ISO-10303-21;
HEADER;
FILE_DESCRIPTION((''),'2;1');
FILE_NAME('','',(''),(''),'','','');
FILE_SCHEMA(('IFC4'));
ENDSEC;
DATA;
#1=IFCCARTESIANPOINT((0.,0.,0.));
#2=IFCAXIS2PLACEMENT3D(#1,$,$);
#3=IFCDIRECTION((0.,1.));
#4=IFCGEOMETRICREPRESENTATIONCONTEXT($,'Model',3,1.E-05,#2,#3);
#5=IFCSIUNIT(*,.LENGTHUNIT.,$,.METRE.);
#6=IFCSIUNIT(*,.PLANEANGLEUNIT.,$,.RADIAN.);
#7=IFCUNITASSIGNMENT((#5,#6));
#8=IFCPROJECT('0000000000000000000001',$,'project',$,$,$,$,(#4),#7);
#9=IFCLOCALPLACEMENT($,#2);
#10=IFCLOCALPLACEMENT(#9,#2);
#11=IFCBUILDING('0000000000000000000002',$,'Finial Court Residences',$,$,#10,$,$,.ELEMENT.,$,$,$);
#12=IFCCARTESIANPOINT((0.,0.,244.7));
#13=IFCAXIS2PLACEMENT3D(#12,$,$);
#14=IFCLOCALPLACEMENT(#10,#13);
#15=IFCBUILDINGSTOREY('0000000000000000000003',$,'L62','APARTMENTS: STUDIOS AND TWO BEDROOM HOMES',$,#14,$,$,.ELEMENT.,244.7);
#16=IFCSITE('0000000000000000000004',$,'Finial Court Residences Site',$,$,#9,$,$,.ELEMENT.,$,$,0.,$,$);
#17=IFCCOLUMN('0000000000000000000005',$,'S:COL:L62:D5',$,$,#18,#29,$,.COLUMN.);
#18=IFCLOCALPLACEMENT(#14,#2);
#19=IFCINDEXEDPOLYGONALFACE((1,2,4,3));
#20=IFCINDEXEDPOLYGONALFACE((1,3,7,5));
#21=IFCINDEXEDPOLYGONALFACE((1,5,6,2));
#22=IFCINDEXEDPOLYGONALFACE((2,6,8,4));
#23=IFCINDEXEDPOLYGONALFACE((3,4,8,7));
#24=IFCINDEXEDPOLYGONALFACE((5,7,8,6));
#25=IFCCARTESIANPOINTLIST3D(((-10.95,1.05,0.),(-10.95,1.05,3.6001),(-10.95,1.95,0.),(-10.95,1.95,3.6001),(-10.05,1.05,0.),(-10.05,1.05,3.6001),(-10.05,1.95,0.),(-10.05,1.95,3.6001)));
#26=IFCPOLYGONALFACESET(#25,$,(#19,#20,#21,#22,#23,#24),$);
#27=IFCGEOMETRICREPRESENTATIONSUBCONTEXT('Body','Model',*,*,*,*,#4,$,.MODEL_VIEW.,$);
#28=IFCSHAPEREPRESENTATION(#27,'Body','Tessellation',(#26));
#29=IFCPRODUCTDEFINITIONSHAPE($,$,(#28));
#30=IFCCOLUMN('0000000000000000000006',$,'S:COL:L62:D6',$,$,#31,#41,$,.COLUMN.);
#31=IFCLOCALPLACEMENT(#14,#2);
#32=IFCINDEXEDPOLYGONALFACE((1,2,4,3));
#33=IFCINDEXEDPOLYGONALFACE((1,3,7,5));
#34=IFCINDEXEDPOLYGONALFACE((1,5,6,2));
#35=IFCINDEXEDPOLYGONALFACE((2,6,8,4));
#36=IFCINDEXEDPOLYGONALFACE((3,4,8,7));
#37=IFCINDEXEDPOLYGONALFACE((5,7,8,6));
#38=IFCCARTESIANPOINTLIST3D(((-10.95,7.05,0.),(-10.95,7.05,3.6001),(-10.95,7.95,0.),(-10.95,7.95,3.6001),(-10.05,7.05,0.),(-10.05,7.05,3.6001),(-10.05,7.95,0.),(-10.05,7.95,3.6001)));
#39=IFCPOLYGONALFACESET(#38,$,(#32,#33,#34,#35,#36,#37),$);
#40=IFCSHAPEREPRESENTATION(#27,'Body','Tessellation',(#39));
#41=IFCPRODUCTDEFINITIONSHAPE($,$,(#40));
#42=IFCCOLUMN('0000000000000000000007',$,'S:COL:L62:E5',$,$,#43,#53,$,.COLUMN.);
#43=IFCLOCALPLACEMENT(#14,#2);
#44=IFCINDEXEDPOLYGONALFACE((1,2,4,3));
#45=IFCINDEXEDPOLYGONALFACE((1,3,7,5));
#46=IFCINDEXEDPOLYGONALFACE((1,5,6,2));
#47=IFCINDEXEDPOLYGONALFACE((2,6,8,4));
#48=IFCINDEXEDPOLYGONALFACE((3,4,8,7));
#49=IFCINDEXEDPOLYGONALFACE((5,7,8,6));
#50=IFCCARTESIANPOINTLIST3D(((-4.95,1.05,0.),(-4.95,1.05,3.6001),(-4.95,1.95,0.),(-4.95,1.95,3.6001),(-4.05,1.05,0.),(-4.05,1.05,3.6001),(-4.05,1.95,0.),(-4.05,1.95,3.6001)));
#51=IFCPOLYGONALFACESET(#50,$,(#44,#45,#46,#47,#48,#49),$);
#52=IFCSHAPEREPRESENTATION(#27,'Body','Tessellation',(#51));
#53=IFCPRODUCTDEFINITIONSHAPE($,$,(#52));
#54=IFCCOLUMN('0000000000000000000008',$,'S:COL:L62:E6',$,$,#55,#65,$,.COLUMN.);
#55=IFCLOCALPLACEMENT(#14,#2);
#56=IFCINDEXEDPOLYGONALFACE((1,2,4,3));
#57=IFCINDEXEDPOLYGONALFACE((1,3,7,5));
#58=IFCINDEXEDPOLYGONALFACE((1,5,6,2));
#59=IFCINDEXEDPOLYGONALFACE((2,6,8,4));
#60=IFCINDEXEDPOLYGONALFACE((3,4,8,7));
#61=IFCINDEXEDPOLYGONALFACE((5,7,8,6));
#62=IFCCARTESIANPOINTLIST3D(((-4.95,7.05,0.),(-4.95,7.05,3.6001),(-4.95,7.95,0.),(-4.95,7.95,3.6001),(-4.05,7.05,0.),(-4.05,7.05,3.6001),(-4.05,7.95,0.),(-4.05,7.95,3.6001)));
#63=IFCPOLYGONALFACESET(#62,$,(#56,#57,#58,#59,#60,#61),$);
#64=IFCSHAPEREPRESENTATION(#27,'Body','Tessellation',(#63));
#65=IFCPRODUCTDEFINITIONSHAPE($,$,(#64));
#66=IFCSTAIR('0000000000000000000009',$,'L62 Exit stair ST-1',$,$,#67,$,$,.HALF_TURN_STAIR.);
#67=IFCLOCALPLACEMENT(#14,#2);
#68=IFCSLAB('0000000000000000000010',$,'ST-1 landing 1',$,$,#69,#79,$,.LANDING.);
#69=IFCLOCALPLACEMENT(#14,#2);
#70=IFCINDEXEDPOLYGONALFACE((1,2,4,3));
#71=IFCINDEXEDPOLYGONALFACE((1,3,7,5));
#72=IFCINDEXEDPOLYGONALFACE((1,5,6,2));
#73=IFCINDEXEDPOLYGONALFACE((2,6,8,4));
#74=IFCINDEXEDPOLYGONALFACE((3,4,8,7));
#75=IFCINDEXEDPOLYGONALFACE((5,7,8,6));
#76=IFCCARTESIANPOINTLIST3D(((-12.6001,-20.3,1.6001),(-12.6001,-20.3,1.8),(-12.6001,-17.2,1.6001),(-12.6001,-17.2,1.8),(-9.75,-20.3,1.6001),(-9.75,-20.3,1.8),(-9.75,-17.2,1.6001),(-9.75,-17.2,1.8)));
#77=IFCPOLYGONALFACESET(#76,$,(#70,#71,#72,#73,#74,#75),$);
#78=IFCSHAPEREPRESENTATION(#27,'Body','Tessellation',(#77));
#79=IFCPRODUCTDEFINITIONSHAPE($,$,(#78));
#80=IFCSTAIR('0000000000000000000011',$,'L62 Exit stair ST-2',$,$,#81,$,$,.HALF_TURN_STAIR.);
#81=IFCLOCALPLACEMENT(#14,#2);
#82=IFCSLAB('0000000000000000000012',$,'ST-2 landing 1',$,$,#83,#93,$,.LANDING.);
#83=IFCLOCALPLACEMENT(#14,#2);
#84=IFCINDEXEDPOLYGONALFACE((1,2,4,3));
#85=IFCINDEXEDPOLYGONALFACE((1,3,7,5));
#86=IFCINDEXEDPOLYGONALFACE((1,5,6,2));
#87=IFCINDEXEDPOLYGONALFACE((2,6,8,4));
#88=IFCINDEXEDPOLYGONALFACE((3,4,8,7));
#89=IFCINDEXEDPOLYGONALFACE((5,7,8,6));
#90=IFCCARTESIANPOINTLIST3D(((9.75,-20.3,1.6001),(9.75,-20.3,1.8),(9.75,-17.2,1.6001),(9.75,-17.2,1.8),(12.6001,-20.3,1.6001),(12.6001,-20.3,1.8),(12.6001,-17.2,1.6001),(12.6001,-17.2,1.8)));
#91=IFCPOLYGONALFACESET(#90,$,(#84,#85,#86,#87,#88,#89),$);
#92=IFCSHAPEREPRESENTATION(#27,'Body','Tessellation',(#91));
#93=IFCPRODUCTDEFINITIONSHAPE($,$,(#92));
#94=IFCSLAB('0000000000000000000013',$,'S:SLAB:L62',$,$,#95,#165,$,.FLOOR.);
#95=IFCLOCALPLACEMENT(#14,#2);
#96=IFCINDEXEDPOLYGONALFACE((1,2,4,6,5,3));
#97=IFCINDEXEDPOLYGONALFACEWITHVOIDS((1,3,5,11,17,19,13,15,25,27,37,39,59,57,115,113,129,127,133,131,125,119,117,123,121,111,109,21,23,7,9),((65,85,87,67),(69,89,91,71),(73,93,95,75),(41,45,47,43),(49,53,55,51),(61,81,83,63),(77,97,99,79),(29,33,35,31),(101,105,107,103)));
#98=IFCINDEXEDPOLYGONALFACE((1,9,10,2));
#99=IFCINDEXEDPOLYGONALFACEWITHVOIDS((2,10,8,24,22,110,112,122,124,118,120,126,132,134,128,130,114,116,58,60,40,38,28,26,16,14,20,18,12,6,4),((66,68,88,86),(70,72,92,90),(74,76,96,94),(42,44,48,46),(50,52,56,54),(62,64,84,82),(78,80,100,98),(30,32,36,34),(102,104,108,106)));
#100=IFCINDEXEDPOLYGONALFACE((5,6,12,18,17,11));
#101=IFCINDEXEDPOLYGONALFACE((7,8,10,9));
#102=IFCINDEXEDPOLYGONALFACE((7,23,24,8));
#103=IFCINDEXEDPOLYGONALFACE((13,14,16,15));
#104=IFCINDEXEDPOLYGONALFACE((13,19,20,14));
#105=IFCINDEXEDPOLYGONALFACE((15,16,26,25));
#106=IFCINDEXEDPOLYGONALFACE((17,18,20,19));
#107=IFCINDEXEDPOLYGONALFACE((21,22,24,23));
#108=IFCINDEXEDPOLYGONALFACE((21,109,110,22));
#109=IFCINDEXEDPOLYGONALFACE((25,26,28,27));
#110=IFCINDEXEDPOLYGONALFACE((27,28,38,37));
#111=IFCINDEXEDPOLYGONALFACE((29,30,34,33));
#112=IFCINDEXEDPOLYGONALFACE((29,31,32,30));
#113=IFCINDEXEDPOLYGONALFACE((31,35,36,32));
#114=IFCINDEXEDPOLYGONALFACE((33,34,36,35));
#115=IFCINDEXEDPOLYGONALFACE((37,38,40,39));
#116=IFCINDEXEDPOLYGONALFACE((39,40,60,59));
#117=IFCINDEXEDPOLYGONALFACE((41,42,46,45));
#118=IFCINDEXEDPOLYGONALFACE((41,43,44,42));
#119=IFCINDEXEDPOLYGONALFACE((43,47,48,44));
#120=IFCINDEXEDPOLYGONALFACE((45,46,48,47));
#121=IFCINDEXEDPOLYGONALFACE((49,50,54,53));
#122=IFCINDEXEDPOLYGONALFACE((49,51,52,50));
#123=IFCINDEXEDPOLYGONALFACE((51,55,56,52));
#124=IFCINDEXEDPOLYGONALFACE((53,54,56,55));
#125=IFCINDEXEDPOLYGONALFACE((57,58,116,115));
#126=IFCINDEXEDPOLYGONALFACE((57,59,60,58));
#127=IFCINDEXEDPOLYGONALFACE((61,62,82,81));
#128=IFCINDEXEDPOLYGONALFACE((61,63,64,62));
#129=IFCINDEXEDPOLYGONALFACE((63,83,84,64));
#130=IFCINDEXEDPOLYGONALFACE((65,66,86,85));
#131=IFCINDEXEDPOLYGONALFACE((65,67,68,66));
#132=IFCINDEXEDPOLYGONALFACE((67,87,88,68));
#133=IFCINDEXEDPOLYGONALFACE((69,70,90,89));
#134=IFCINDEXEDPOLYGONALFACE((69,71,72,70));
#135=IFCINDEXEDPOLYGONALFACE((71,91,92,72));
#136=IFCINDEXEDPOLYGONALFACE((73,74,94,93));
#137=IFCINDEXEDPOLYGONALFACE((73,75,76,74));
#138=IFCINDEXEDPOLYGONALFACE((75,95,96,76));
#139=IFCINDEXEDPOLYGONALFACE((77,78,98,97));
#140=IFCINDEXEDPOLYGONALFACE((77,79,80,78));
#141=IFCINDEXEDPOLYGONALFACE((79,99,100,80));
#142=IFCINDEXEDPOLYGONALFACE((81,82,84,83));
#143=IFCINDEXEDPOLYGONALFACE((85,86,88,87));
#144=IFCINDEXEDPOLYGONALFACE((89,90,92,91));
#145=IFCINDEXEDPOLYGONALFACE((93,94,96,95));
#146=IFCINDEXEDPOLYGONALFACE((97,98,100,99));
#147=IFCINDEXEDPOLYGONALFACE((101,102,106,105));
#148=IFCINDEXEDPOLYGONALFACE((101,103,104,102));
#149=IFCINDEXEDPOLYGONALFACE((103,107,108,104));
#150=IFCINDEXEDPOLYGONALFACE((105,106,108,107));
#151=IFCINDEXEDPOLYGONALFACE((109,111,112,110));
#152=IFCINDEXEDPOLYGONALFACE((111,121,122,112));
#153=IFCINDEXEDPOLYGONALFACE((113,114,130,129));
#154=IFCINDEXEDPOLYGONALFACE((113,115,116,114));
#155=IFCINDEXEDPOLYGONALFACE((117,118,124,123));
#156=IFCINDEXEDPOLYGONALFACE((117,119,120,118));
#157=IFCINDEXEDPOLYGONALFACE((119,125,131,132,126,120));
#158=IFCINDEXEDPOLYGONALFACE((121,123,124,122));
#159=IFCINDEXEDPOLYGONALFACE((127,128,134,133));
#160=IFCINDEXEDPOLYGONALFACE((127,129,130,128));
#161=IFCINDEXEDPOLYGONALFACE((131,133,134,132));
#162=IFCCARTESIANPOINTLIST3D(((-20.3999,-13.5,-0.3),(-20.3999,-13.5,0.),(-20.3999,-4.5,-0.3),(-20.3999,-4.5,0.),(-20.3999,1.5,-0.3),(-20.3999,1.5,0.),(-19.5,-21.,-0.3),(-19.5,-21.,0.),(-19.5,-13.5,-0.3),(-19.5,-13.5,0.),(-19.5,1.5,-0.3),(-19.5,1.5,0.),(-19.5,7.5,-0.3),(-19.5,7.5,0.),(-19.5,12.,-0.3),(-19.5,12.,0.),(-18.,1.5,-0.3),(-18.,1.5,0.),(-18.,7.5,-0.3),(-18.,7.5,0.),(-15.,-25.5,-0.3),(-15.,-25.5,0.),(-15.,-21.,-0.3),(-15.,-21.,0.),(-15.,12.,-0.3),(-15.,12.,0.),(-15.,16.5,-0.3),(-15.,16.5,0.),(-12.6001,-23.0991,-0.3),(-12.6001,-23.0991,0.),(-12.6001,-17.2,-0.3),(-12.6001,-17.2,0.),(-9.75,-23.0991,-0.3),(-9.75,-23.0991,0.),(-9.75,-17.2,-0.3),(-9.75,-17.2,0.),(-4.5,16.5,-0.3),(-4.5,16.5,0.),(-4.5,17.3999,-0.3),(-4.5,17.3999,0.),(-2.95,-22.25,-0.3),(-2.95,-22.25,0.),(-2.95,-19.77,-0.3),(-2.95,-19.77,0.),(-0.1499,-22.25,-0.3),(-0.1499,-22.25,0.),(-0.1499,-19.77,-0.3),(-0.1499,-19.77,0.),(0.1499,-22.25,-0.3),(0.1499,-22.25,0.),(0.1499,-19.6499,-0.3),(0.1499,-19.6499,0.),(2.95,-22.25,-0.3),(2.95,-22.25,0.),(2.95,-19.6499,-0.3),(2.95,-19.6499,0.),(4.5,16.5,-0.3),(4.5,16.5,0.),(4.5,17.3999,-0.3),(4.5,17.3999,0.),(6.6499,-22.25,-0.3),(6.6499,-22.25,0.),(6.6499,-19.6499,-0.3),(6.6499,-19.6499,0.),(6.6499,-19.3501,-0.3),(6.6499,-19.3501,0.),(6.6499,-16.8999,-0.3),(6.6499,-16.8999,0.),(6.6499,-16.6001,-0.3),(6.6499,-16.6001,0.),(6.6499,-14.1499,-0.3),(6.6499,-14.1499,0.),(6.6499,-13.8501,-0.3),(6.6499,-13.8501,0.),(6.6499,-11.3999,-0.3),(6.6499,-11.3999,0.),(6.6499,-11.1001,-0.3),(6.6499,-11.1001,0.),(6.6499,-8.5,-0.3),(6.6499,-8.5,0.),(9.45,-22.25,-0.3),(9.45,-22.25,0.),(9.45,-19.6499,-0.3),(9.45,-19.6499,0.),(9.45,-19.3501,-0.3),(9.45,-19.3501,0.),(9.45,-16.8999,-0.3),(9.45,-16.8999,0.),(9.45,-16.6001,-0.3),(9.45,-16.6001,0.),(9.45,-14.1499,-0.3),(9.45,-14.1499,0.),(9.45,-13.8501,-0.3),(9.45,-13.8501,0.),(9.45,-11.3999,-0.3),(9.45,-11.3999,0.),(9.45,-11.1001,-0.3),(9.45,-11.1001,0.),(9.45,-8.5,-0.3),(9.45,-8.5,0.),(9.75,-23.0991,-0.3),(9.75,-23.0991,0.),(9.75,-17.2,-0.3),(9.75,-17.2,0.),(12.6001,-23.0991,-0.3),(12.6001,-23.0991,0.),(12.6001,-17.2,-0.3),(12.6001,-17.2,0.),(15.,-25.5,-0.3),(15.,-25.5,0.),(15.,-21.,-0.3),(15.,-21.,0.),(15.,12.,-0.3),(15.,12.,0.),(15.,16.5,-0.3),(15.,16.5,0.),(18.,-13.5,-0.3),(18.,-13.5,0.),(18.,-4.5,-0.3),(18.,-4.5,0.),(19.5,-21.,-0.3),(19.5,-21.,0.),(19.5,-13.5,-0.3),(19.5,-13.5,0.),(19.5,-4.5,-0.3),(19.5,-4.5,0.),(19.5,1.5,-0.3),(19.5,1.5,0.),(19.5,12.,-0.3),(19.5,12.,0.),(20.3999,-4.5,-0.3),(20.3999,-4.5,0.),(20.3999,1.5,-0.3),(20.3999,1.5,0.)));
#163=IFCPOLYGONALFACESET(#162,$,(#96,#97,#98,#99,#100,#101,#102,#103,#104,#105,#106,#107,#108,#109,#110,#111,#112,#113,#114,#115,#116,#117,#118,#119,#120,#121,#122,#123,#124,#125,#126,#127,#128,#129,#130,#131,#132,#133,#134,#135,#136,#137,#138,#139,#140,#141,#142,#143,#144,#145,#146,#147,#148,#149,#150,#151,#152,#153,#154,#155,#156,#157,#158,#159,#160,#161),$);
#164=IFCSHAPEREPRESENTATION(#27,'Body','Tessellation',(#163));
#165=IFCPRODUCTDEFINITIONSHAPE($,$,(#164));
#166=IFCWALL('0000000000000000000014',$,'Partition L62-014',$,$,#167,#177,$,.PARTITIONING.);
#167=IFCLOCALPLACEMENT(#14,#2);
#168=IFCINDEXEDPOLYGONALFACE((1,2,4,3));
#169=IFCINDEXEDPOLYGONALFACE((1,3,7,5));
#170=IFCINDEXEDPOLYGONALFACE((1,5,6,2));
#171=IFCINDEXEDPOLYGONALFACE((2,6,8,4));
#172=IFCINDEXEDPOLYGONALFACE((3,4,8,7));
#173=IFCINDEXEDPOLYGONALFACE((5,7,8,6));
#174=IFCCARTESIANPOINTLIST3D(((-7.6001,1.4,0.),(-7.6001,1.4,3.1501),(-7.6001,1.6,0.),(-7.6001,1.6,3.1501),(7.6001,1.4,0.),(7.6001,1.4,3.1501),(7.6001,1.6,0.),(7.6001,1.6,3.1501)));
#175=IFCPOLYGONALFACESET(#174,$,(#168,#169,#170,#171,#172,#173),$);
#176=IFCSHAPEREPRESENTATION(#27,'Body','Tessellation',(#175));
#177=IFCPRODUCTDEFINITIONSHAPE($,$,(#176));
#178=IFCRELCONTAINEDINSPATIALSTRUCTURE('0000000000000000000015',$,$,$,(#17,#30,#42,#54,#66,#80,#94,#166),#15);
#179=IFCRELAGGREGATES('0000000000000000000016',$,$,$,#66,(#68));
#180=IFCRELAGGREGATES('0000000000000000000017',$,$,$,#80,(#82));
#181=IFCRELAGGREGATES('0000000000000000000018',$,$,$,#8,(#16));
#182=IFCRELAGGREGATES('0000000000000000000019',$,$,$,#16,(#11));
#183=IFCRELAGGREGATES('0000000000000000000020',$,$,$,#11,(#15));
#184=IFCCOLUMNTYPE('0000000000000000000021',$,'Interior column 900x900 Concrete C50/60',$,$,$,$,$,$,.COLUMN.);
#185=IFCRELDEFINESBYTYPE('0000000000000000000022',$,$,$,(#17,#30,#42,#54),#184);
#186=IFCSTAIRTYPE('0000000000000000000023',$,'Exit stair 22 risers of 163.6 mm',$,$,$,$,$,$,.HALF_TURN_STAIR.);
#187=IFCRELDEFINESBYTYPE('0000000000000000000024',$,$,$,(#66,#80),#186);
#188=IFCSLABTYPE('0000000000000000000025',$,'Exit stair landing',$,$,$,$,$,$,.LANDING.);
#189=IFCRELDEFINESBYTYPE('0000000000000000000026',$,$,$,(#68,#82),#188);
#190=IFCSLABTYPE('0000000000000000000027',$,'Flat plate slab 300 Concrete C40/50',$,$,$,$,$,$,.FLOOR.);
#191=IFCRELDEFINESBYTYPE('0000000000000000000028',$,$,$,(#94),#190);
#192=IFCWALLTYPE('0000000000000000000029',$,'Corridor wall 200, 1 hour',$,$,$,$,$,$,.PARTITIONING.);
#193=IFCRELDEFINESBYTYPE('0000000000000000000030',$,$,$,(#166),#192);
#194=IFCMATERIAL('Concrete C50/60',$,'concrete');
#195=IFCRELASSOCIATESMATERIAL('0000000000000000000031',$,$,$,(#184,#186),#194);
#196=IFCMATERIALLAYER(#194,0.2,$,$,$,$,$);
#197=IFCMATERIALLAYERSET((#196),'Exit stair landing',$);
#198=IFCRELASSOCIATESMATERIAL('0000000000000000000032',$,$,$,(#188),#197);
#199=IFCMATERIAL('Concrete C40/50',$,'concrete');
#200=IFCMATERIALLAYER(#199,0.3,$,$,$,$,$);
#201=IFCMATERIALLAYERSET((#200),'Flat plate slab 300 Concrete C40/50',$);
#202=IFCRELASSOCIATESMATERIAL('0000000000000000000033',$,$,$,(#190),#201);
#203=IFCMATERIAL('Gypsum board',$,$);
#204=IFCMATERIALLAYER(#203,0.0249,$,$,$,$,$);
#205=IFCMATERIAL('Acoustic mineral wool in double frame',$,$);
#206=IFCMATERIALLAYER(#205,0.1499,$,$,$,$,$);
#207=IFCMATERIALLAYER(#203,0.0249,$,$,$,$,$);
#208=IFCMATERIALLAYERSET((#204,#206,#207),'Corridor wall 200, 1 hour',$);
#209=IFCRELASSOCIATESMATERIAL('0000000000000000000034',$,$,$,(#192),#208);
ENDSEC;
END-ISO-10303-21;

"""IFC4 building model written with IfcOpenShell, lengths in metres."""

from ifc_helpers import new_model, si_unit, direction, frame, frame_2d, origin, origin_2d, place, context, subcontext, project, spatial, polyline, rectangle, outline, extrude, material, layer, layer_set, material_profile, profile_set, type_object, element, aggregate, save


model = new_model("IFC4")

# Units and contexts
model_context = context("Model", 3, precision=1e-05, world=origin(), true_north=direction((0.0, 1.0)))
body_context = subcontext(model_context, "Body", "Model", "MODEL_VIEW")
ifc_project = project(units=[si_unit("LENGTHUNIT", "METRE"), si_unit("PLANEANGLEUNIT", "RADIAN")], contexts=[model_context])

# Site, building, storey
site_placement = place(None, origin())
site = spatial("IfcSite", under=ifc_project, at=site_placement, Name="Finial Court Residences Site", CompositionType="ELEMENT", RefElevation=0.0)
building_placement = place(site_placement, origin())
building = spatial("IfcBuilding", under=site, at=building_placement, Name="Finial Court Residences", CompositionType="ELEMENT")
storey_placement = place(building_placement, frame((0.0, 0.0, 244.7)))
storey = spatial("IfcBuildingStorey", under=building, at=storey_placement, Name="L62", Description="APARTMENTS: STUDIOS AND TWO BEDROOM HOMES", CompositionType="ELEMENT", Elevation=244.7)

# Columns
ifc_material_1 = material(Name="Concrete C50/60", Category="concrete")
ifc_material_profile = material_profile(ifc_material_1, rectangle(XDim=0.8999, YDim=0.8999, at=origin_2d()), Name="900x900")
ifc_profile_set = profile_set([ifc_material_profile], Name="Concrete C50/60")
column_type = type_object("IfcColumnType", Name="Interior column 900x900 Concrete C50/60", PredefinedType="COLUMN", material=ifc_profile_set)
for number, where, z_axis, x_axis, name in (
    (1, (-10.5, 1.5, 0.0), (0.0, 0.0, 1.0), (1.0, 0.0, 0.0), "S:COL:L62:D5"),
    (2, (-10.5, 7.5, 0.0), (0.0, 0.0, 1.0), (1.0, 0.0, 0.0), "S:COL:L62:D6"),
    (3, (-4.5, 1.5, 0.0), (0.0, 0.0, 1.0), (1.0, 0.0, 0.0), "S:COL:L62:E5"),
    (4, (-4.5, 7.5, 0.0), (0.0, 0.0, 1.0), (1.0, 0.0, 0.0), "S:COL:L62:E6"),
):
    element("IfcColumn", number, at=place(storey_placement, frame(where, z_axis=z_axis, x_axis=x_axis)), inside=storey, type_object=column_type, Name=name, PredefinedType="COLUMN", context=body_context, shape_type="SweptSolid", body=[
        extrude(rectangle(XDim=0.8999, YDim=0.8999, at=origin_2d()), origin(), (0.0, 0.0, 1.0), 3.6001),
    ])

# Stairs, slabs
stair_type = type_object("IfcStairType", Name="Exit stair 22 risers of 163.6 mm", PredefinedType="HALF_TURN_STAIR", material=ifc_material_1)
stair_1_placement = place(storey_placement, origin())
stair_1 = element("IfcStair", 5, at=stair_1_placement, inside=storey, type_object=stair_type, Name="L62 Exit stair ST-1", PredefinedType="HALF_TURN_STAIR")
ifc_layer_1 = layer(ifc_material_1, 0.2)
ifc_layer_set_1 = layer_set([ifc_layer_1], Name="Exit stair landing")
slab_type_1 = type_object("IfcSlabType", Name="Exit stair landing", PredefinedType="LANDING", material=ifc_layer_set_1)
slab_1_placement = place(storey_placement, frame((0.0, 0.0, 1.6001)))
slab_1 = element("IfcSlab", 6, at=slab_1_placement, type_object=slab_type_1, Name="ST-1 landing 1", PredefinedType="LANDING", context=body_context, shape_type="SweptSolid", body=[
    extrude(outline(polyline([(-9.75, -20.3), (-9.75, -17.2), (-12.6001, -17.2), (-12.6001, -20.3), (-9.75, -20.3)])), origin(), (0.0, 0.0, 1.0), 0.2),
])
aggregate(stair_1, [slab_1])
stair_2_placement = place(storey_placement, origin())
stair_2 = element("IfcStair", 7, at=stair_2_placement, inside=storey, type_object=stair_type, Name="L62 Exit stair ST-2", PredefinedType="HALF_TURN_STAIR")
slab_2_placement = place(storey_placement, frame((0.0, 0.0, 1.6001)))
slab_2 = element("IfcSlab", 8, at=slab_2_placement, type_object=slab_type_1, Name="ST-2 landing 1", PredefinedType="LANDING", context=body_context, shape_type="SweptSolid", body=[
    extrude(outline(polyline([(12.6001, -20.3), (12.6001, -17.2), (9.75, -17.2), (9.75, -20.3), (12.6001, -20.3)])), origin(), (0.0, 0.0, 1.0), 0.2),
])
aggregate(stair_2, [slab_2])

# Slab
ifc_material_2 = material(Name="Concrete C40/50", Category="concrete")
ifc_layer_2 = layer(ifc_material_2, 0.3)
ifc_layer_set_2 = layer_set([ifc_layer_2], Name="Flat plate slab 300 Concrete C40/50")
slab_type_2 = type_object("IfcSlabType", Name="Flat plate slab 300 Concrete C40/50", PredefinedType="FLOOR", material=ifc_layer_set_2)
slab_3_placement = place(storey_placement, frame((0.0, 0.0, -0.3)))
element("IfcSlab", 9, at=slab_3_placement, inside=storey, type_object=slab_type_2, Name="S:SLAB:L62", PredefinedType="FLOOR", context=body_context, shape_type="SweptSolid", body=[
    extrude(outline(polyline([(-20.3999, -13.5), (-20.3999, -4.5), (-20.3999, 1.5), (-19.5, 1.5), (-18.0, 1.5), (-18.0, 7.5), (-19.5, 7.5), (-19.5, 12.0), (-15.0, 12.0), (-15.0, 16.5), (-4.5, 16.5), (-4.5, 17.3999), (4.5, 17.3999), (4.5, 16.5), (15.0, 16.5), (15.0, 12.0), (19.5, 12.0), (19.5, 1.5), (20.3999, 1.5), (20.3999, -4.5), (19.5, -4.5), (18.0, -4.5), (18.0, -13.5), (19.5, -13.5), (19.5, -21.0), (15.0, -21.0), (15.0, -25.5), (-15.0, -25.5), (-15.0, -21.0), (-19.5, -21.0), (-19.5, -13.5), (-20.3999, -13.5)]), holes=[polyline([(-0.1499, -19.77), (-2.95, -19.77), (-2.95, -22.25), (-0.1499, -22.25), (-0.1499, -19.77)]), polyline([(2.95, -19.6499), (0.1499, -19.6499), (0.1499, -22.25), (2.95, -22.25), (2.95, -19.6499)]), polyline([(9.45, -19.6499), (6.6499, -19.6499), (6.6499, -22.25), (9.45, -22.25), (9.45, -19.6499)]), polyline([(-12.6001, -17.2), (-12.6001, -23.0991), (-9.75, -23.0991), (-9.75, -17.2), (-12.6001, -17.2)]), polyline([(9.75, -17.2), (9.75, -23.0991), (12.6001, -23.0991), (12.6001, -17.2), (9.75, -17.2)]), polyline([(9.45, -16.8999), (6.6499, -16.8999), (6.6499, -19.3501), (9.45, -19.3501), (9.45, -16.8999)]), polyline([(9.45, -14.1499), (6.6499, -14.1499), (6.6499, -16.6001), (9.45, -16.6001), (9.45, -14.1499)]), polyline([(9.45, -13.8501), (9.45, -11.3999), (6.6499, -11.3999), (6.6499, -13.8501), (9.45, -13.8501)]), polyline([(9.45, -11.1001), (9.45, -8.5), (6.6499, -8.5), (6.6499, -11.1001), (9.45, -11.1001)])]), origin(), (0.0, 0.0, 1.0), 0.3),
])

# Wall
ifc_material_3 = material(Name="Gypsum board")
ifc_layer_3 = layer(ifc_material_3, 0.0249)
ifc_material_4 = material(Name="Acoustic mineral wool in double frame")
ifc_layer_4 = layer(ifc_material_4, 0.1499)
ifc_layer_5 = layer(ifc_material_3, 0.0249)
ifc_layer_set_3 = layer_set([ifc_layer_3, ifc_layer_4, ifc_layer_5], Name="Corridor wall 200, 1 hour")
wall_type_1 = type_object("IfcWallType", Name="Corridor wall 200, 1 hour", PredefinedType="PARTITIONING", material=ifc_layer_set_3)
wall_1_placement = place(storey_placement, frame((-7.6001, 1.5, 0.0), z_axis=(0.0, 0.0, 1.0), x_axis=(1.0, 0.0, 0.0)))
element("IfcWall", 10, at=wall_1_placement, inside=storey, type_object=wall_type_1, Name="Partition L62-014", PredefinedType="PARTITIONING", context=body_context, shape_type="SweptSolid", body=[
    extrude(rectangle(XDim=15.2002, YDim=0.2, at=frame_2d((7.6001, 0.0))), origin(), (0.0, 0.0, 1.0), 3.1501),
])

save(model, "model.ifc")
